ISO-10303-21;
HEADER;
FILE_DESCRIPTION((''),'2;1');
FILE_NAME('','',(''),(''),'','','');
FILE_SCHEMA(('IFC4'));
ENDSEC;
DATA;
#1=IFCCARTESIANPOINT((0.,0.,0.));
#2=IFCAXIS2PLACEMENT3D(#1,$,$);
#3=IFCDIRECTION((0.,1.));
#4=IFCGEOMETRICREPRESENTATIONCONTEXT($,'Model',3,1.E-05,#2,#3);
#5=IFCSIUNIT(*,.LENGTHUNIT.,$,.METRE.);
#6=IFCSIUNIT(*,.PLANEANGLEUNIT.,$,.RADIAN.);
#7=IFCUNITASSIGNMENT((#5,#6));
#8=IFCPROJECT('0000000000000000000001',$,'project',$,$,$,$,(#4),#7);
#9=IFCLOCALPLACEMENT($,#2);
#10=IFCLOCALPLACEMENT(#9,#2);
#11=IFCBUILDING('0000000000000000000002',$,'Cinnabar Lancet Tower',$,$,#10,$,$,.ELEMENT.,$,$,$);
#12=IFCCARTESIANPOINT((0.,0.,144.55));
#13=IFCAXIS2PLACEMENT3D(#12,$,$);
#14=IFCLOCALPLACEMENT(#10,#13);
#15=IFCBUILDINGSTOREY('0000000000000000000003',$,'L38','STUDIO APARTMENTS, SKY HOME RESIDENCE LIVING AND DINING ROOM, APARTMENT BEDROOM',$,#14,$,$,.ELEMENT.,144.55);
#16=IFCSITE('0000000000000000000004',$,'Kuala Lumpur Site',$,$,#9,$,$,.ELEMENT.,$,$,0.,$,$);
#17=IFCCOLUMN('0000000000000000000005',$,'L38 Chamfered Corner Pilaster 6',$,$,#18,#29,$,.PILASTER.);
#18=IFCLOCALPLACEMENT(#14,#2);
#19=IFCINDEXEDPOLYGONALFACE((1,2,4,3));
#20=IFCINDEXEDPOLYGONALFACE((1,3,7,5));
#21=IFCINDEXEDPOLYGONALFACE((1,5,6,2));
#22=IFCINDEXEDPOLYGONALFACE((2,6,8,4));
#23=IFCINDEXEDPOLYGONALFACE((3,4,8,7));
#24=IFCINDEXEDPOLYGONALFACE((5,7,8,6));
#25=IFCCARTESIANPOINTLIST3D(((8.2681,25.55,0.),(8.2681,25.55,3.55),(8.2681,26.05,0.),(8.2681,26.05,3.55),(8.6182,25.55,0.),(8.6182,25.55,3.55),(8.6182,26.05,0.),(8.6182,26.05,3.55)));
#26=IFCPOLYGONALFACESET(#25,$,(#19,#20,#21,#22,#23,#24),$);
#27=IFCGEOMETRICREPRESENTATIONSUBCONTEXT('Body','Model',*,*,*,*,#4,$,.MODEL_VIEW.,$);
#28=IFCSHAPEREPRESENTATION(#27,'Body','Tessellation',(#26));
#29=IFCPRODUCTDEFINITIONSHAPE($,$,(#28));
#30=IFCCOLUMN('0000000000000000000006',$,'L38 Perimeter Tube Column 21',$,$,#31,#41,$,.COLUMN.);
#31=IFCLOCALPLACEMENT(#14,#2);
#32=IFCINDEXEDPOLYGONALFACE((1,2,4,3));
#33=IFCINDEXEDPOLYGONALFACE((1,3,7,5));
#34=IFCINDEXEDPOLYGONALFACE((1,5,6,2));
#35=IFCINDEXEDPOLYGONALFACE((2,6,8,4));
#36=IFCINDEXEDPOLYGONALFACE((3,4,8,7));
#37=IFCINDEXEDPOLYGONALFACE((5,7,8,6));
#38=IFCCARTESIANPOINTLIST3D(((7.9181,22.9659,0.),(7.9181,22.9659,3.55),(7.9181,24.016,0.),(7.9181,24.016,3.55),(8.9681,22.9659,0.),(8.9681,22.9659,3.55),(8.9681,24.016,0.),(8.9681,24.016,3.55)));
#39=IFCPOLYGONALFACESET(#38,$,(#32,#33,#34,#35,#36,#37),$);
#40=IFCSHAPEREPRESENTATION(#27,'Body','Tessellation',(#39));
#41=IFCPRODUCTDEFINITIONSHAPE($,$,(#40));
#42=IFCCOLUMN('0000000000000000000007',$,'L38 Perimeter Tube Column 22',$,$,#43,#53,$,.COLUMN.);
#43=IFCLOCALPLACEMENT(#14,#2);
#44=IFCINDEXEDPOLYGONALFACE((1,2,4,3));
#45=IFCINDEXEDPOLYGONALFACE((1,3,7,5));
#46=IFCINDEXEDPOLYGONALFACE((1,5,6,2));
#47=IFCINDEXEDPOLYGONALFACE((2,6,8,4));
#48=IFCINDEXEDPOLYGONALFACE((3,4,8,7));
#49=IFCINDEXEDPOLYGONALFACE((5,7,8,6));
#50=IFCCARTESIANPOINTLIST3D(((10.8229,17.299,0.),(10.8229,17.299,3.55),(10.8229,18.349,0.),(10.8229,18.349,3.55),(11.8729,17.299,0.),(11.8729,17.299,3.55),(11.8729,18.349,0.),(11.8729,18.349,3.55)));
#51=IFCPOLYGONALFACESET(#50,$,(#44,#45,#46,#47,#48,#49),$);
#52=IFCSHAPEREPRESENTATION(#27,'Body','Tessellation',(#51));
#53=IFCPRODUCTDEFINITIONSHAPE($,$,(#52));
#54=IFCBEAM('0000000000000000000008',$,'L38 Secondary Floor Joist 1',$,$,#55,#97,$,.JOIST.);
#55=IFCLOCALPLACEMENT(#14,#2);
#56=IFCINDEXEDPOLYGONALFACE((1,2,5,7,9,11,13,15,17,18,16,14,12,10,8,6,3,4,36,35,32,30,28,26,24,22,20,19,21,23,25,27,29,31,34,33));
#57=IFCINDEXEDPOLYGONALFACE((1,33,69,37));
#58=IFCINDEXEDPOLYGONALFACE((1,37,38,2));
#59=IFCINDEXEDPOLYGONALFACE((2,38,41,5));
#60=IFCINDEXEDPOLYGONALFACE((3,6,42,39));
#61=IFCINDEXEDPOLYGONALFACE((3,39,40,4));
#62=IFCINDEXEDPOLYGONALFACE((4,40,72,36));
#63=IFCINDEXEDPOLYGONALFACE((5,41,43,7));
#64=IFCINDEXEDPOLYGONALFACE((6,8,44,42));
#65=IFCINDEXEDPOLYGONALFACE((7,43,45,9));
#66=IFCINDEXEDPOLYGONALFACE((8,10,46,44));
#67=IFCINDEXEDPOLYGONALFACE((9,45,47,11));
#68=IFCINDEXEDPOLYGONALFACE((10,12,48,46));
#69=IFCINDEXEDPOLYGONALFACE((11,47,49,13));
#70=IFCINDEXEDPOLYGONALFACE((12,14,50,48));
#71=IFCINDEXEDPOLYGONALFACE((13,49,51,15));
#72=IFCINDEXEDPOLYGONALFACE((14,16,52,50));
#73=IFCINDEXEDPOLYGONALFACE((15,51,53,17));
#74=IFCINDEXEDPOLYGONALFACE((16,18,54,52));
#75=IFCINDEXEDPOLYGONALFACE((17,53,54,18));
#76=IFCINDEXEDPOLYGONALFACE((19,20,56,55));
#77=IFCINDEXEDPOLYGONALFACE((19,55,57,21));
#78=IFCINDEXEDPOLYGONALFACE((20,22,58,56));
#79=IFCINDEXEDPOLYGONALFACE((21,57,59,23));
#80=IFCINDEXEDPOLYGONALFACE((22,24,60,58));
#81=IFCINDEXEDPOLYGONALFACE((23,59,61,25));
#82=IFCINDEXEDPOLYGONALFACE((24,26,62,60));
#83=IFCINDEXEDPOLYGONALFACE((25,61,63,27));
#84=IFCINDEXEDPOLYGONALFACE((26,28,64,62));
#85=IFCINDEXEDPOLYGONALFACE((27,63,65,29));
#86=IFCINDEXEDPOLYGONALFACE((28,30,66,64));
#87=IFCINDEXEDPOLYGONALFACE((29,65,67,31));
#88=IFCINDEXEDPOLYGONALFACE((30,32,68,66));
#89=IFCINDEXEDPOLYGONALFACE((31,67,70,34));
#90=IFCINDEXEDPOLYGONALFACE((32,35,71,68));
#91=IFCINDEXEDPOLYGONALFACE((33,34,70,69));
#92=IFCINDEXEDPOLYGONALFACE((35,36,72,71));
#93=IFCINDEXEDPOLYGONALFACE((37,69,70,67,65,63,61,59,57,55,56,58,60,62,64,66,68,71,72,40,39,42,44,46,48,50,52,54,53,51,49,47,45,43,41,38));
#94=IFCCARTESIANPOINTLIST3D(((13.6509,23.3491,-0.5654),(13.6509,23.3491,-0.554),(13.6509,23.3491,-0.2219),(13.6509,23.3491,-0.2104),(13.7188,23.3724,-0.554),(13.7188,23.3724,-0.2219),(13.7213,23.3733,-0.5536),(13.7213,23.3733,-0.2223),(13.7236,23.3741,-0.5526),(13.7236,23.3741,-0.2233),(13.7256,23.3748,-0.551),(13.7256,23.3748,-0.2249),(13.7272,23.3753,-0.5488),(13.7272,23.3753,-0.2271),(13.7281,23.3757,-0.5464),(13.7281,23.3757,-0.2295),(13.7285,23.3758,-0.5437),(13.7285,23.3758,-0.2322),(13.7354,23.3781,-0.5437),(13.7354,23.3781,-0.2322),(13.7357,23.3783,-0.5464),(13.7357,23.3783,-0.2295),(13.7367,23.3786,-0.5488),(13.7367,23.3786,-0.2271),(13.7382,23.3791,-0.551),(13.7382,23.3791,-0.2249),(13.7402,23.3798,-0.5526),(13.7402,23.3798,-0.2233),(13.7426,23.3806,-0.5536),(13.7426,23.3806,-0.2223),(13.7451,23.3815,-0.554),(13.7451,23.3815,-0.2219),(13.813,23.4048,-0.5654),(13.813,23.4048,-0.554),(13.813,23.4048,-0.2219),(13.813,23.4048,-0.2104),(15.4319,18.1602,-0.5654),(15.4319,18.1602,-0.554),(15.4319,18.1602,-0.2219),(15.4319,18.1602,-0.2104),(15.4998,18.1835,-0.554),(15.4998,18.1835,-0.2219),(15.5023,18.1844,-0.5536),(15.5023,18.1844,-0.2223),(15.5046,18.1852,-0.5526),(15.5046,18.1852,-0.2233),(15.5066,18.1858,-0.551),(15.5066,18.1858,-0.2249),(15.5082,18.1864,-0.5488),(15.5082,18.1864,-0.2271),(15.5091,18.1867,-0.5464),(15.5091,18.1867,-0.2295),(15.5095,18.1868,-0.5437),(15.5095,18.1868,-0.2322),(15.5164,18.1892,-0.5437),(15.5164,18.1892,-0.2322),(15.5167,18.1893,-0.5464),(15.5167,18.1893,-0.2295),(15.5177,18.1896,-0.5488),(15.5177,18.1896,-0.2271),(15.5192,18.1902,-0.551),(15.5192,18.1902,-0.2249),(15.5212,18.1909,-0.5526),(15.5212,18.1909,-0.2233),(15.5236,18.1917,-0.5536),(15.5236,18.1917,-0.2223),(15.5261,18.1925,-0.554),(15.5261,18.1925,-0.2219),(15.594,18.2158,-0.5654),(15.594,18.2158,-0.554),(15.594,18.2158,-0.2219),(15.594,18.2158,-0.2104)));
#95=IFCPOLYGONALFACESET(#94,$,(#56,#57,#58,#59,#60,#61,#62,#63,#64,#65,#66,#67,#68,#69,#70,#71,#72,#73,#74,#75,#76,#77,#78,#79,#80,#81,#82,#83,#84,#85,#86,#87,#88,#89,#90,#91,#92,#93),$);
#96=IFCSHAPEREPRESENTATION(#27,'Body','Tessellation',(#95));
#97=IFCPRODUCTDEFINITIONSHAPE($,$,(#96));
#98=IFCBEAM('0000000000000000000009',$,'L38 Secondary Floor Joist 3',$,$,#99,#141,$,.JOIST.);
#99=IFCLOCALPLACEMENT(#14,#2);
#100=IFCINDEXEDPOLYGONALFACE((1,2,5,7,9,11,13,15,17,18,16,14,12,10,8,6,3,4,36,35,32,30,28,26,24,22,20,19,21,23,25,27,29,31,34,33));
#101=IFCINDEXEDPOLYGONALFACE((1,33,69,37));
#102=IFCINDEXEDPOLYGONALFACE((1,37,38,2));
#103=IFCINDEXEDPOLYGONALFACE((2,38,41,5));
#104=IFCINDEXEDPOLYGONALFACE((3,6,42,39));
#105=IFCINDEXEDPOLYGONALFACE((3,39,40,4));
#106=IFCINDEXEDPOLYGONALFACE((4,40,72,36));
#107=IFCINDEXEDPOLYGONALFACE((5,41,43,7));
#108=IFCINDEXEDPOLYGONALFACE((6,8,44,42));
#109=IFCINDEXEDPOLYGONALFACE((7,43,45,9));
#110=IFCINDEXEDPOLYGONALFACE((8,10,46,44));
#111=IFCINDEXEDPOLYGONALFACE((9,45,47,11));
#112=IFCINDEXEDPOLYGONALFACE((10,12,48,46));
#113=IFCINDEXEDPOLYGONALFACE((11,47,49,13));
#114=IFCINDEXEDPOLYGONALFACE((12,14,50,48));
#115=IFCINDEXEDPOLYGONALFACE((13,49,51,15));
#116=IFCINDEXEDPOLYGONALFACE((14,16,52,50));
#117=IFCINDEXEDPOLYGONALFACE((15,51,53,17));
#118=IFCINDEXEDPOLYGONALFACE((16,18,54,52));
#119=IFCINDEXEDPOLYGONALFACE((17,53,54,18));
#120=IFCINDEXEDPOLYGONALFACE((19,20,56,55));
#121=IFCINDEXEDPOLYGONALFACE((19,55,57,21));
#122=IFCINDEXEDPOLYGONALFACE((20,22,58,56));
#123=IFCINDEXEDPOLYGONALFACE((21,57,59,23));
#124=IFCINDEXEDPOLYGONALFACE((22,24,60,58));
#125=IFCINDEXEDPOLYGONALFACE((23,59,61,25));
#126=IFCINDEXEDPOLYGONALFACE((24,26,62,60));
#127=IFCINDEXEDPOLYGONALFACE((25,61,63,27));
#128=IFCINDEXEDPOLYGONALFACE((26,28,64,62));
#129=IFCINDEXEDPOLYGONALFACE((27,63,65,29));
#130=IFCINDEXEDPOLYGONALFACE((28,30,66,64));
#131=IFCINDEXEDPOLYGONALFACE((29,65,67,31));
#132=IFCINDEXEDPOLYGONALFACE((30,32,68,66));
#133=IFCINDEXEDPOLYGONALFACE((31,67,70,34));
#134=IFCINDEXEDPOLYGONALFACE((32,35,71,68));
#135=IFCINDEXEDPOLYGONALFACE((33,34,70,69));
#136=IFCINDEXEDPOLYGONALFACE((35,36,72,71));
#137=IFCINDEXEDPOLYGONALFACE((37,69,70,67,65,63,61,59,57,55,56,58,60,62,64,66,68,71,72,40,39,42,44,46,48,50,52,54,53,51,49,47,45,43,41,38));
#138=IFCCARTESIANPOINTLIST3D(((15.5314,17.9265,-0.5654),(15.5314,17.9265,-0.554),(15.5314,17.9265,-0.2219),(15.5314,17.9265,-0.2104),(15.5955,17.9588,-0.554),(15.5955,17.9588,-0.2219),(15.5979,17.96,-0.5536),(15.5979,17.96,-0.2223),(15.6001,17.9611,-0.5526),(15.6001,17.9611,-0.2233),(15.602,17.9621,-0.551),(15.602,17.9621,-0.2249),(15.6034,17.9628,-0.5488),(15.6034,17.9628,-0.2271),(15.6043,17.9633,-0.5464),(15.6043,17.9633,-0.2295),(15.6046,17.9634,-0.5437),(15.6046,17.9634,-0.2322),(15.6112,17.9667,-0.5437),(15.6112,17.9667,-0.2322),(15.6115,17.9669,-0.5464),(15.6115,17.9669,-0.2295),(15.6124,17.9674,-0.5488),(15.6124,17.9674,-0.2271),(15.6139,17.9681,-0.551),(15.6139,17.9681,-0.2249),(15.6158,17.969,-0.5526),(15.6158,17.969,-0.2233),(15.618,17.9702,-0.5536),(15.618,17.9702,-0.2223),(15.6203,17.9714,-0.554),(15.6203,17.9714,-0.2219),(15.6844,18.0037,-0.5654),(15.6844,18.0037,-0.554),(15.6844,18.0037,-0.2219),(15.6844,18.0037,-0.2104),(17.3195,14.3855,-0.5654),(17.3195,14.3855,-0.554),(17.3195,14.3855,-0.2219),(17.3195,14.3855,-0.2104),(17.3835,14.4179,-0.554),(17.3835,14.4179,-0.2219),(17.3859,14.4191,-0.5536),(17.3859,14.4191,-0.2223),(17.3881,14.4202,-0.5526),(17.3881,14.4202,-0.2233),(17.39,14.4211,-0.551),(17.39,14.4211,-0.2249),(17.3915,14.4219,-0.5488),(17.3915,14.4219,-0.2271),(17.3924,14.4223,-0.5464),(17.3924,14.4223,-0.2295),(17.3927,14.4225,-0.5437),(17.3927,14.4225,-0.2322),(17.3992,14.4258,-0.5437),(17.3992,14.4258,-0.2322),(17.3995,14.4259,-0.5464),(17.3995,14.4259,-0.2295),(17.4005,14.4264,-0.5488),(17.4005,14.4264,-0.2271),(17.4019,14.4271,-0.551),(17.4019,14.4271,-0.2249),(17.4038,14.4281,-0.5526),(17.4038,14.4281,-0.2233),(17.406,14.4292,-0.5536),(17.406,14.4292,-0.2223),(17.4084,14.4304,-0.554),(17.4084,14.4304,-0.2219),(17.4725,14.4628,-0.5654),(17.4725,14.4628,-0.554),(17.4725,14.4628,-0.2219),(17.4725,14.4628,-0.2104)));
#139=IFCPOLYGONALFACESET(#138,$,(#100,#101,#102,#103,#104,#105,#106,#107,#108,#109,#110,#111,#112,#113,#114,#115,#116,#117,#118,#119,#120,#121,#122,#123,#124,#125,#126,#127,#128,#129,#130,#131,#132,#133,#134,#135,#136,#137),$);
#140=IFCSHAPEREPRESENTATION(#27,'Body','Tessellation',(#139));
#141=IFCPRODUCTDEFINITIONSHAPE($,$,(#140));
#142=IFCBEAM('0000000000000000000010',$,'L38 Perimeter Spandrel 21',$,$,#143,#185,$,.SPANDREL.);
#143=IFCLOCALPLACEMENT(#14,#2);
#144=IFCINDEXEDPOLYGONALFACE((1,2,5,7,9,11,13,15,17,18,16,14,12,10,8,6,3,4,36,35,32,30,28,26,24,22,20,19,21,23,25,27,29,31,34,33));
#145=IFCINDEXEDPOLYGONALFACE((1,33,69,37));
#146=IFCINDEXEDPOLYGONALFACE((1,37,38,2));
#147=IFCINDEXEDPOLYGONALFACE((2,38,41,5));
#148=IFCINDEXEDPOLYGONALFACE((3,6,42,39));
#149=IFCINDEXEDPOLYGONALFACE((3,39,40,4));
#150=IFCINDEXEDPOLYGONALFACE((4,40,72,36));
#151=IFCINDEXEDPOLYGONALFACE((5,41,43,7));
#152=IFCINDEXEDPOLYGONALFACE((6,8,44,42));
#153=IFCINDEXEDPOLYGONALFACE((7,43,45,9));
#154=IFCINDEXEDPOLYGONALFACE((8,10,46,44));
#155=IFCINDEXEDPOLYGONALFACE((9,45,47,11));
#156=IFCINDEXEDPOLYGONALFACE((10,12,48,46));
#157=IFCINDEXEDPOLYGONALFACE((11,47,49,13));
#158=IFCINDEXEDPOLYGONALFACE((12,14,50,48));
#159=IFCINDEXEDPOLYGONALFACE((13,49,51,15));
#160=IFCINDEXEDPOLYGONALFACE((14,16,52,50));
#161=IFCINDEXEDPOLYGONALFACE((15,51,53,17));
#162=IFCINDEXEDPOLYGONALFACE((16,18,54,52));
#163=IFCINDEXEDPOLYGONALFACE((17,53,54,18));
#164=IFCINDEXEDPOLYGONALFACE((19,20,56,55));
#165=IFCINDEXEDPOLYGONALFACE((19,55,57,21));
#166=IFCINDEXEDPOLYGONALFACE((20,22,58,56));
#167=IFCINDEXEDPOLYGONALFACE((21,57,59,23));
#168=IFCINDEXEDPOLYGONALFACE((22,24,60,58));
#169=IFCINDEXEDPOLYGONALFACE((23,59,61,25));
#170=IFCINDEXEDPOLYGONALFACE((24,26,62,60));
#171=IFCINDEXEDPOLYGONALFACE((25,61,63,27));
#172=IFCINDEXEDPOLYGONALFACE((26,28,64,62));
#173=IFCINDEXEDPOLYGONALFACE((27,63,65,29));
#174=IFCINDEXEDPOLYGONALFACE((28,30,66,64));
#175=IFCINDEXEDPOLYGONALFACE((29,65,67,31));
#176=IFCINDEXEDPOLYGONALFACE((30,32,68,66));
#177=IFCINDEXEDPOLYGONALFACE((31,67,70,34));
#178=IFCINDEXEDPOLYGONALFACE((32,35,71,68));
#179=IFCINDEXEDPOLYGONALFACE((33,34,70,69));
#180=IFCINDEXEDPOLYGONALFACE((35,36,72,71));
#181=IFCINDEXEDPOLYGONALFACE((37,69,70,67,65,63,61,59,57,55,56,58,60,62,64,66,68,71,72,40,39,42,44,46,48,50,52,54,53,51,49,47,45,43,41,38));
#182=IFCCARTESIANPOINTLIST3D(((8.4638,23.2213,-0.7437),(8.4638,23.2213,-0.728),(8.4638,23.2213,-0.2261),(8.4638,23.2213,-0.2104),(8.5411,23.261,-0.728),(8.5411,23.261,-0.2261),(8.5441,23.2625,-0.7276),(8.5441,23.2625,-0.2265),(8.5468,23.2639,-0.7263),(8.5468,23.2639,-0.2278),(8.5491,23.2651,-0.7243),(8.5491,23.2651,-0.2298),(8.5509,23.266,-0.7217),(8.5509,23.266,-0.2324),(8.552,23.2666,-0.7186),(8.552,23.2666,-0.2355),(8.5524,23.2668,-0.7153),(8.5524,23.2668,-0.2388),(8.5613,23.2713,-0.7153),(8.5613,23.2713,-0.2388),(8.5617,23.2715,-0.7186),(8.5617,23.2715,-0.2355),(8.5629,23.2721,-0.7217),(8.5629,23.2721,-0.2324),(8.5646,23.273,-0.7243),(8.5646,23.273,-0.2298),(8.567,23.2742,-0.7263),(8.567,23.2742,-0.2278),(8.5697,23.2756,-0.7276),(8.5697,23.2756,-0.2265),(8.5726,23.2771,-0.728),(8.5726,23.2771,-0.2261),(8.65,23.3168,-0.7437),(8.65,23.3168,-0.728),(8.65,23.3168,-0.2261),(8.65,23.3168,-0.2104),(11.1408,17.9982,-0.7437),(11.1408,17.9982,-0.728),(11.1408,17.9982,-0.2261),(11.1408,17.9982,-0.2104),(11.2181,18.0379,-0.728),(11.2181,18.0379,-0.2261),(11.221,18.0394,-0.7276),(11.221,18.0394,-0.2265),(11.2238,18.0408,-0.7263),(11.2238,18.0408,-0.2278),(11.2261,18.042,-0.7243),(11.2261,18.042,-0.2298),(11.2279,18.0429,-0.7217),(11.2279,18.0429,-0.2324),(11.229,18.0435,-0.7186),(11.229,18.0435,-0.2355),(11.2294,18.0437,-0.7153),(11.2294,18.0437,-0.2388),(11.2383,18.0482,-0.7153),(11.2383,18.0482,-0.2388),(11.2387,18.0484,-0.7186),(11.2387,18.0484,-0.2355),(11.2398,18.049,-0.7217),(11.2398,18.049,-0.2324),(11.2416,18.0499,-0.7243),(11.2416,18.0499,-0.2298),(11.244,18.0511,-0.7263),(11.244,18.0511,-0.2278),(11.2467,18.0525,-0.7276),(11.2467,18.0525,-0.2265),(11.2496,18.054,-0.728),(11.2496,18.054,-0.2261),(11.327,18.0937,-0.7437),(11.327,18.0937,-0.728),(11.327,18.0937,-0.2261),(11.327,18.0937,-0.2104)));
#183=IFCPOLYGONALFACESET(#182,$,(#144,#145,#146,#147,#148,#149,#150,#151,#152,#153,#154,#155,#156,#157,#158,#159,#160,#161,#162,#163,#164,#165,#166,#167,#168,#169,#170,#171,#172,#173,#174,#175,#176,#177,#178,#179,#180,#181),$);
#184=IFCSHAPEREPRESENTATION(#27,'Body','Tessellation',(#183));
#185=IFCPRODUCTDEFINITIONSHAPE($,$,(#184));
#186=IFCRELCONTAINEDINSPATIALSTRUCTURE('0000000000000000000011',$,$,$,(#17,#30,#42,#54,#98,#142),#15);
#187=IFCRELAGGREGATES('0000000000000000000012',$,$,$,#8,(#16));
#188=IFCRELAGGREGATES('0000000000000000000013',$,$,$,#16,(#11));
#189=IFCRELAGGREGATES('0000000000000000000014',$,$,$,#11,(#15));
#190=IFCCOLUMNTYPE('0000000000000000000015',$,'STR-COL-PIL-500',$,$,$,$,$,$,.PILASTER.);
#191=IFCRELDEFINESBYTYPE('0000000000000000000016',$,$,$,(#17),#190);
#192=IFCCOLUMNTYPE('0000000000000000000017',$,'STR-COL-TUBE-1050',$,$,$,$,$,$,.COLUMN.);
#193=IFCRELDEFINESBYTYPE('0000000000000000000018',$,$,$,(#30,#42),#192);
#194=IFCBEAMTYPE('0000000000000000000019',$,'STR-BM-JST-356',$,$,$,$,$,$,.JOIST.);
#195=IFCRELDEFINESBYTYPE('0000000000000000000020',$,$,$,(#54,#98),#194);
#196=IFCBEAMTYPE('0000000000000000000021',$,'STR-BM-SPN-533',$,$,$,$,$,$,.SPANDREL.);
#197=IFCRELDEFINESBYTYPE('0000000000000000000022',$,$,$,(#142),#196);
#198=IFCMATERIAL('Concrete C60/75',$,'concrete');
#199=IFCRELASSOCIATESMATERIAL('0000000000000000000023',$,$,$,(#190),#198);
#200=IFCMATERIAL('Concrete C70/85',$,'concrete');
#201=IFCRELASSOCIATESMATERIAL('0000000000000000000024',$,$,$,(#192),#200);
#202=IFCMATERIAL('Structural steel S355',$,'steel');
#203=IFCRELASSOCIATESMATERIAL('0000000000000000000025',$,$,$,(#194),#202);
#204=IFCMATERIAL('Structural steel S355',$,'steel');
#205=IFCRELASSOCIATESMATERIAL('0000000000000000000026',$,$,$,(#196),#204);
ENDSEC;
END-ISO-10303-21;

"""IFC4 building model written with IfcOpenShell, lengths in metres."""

from ifc_helpers import new_model, si_unit, direction, frame, origin, origin_2d, place, context, subcontext, project, spatial, rectangle, i_section, extrude, material, material_profile, profile_set, type_object, element, save


model = new_model("IFC4")

# Units and contexts
model_context = context("Model", 3, precision=1e-05, world=origin(), true_north=direction((0.0, 1.0)))
body_context = subcontext(model_context, "Body", "Model", "MODEL_VIEW")
ifc_project = project(units=[si_unit("LENGTHUNIT", "METRE"), si_unit("PLANEANGLEUNIT", "RADIAN")], contexts=[model_context])

# Site, building, storey
site_placement = place(None, origin())
site = spatial("IfcSite", under=ifc_project, at=site_placement, Name="Kuala Lumpur Site", CompositionType="ELEMENT", RefElevation=0.0)
building_placement = place(site_placement, origin())
building = spatial("IfcBuilding", under=site, at=building_placement, Name="Cinnabar Lancet Tower", CompositionType="ELEMENT")
storey_placement = place(building_placement, frame((0.0, 0.0, 144.55)))
storey = spatial("IfcBuildingStorey", under=building, at=storey_placement, Name="L38", Description="STUDIO APARTMENTS, SKY HOME RESIDENCE LIVING AND DINING ROOM, APARTMENT BEDROOM", CompositionType="ELEMENT", Elevation=144.55)

# Columns
ifc_material_1 = material(Name="Concrete C60/75", Category="concrete")
ifc_material_profile_1 = material_profile(ifc_material_1, rectangle(XDim=0.5, YDim=0.3501, at=origin_2d()), Name="RC-PIL 500x350")
ifc_profile_set_1 = profile_set([ifc_material_profile_1], Name="Concrete C60/75")
column_type_1 = type_object("IfcColumnType", Name="STR-COL-PIL-500", PredefinedType="PILASTER", material=ifc_profile_set_1)
column_placement = place(storey_placement, frame((8.4431, 25.8, 0.0), z_axis=(0.0, 0.0, 1.0), x_axis=(0.0, -1.0, 0.0)))
element("IfcColumn", 1, at=column_placement, inside=storey, type_object=column_type_1, Name="L38 Chamfered Corner Pilaster 6", PredefinedType="PILASTER", context=body_context, shape_type="SweptSolid", body=[
    extrude(rectangle(XDim=0.5, YDim=0.3501, at=origin_2d()), origin(), (0.0, 0.0, 1.0), 3.55),
])
ifc_material_2 = material(Name="Concrete C70/85", Category="concrete")
ifc_material_profile_2 = material_profile(ifc_material_2, rectangle(XDim=1.05, YDim=1.05, at=origin_2d()), Name="RC-COL 1050x1050")
ifc_profile_set_2 = profile_set([ifc_material_profile_2], Name="Concrete C70/85")
column_type_2 = type_object("IfcColumnType", Name="STR-COL-TUBE-1050", PredefinedType="COLUMN", material=ifc_profile_set_2)
for number, where, z_axis, x_axis, name in (
    (2, (8.4431, 23.491, 0.0), (0.0, 0.0, 1.0), (1.0, 0.0, 0.0), "L38 Perimeter Tube Column 21"),
    (3, (11.3479, 17.824, 0.0), (0.0, 0.0, 1.0), (1.0, 0.0, 0.0), "L38 Perimeter Tube Column 22"),
):
    element("IfcColumn", number, at=place(storey_placement, frame(where, z_axis=z_axis, x_axis=x_axis)), inside=storey, type_object=column_type_2, Name=name, PredefinedType="COLUMN", context=body_context, shape_type="SweptSolid", body=[
        extrude(rectangle(XDim=1.05, YDim=1.05, at=origin_2d()), origin(), (0.0, 0.0, 1.0), 3.55),
    ])

# Beams
ifc_material_3 = material(Name="Structural steel S355", Category="steel")
ifc_material_profile_3 = material_profile(ifc_material_3, i_section(OverallWidth=0.1714, OverallDepth=0.355, WebThickness=0.0073, FlangeThickness=0.0115, FilletRadius=0.0103, at=origin_2d()), Name="UKB 356x171x51")
ifc_profile_set_3 = profile_set([ifc_material_profile_3], Name="Structural steel S355")
beam_type_1 = type_object("IfcBeamType", Name="STR-BM-JST-356", PredefinedType="JOIST", material=ifc_profile_set_3)
beam_1_placement = place(storey_placement, frame((13.7319, 23.377, -0.3879), z_axis=(0.324639, -0.945838, 0.0), x_axis=(0.945838, 0.324639, 0.0)))
element("IfcBeam", 4, at=beam_1_placement, inside=storey, type_object=beam_type_1, Name="L38 Secondary Floor Joist 1", PredefinedType="JOIST", context=body_context, shape_type="SweptSolid", body=[
    extrude(i_section(OverallWidth=0.1714, OverallDepth=0.355, WebThickness=0.0073, FlangeThickness=0.0115, FilletRadius=0.0103, at=origin_2d()), origin(), (0.0, 0.0, 1.0), 5.4861),
])
beam_2_placement = place(storey_placement, frame((15.6079, 17.9651, -0.3879), z_axis=(0.450755, -0.892648, 0.0), x_axis=(0.892648, 0.450755, 0.0)))
element("IfcBeam", 5, at=beam_2_placement, inside=storey, type_object=beam_type_1, Name="L38 Secondary Floor Joist 3", PredefinedType="JOIST", context=body_context, shape_type="SweptSolid", body=[
    extrude(i_section(OverallWidth=0.1714, OverallDepth=0.355, WebThickness=0.0073, FlangeThickness=0.0115, FilletRadius=0.0103, at=origin_2d()), origin(), (0.0, 0.0, 1.0), 3.9668),
])
ifc_material_4 = material(Name="Structural steel S355", Category="steel")
ifc_material_profile_4 = material_profile(ifc_material_4, i_section(OverallWidth=0.2092, OverallDepth=0.5332, WebThickness=0.01, FlangeThickness=0.0156, FilletRadius=0.0127, at=origin_2d()), Name="UKB 533x210x92")
ifc_profile_set_4 = profile_set([ifc_material_profile_4], Name="Structural steel S355")
beam_type_2 = type_object("IfcBeamType", Name="STR-BM-SPN-533", PredefinedType="SPANDREL", material=ifc_profile_set_4)
beam_3_placement = place(storey_placement, frame((8.5569, 23.269, -0.4771), z_axis=(0.45611, -0.889924, 0.0), x_axis=(0.889924, 0.45611, 0.0)))
element("IfcBeam", 6, at=beam_3_placement, inside=storey, type_object=beam_type_2, Name="L38 Perimeter Spandrel 21", PredefinedType="SPANDREL", context=body_context, shape_type="SweptSolid", body=[
    extrude(i_section(OverallWidth=0.2092, OverallDepth=0.5332, WebThickness=0.01, FlangeThickness=0.0156, FilletRadius=0.0127, at=origin_2d()), origin(), (0.0, 0.0, 1.0), 5.8691),
])

save(model, "model.ifc")
